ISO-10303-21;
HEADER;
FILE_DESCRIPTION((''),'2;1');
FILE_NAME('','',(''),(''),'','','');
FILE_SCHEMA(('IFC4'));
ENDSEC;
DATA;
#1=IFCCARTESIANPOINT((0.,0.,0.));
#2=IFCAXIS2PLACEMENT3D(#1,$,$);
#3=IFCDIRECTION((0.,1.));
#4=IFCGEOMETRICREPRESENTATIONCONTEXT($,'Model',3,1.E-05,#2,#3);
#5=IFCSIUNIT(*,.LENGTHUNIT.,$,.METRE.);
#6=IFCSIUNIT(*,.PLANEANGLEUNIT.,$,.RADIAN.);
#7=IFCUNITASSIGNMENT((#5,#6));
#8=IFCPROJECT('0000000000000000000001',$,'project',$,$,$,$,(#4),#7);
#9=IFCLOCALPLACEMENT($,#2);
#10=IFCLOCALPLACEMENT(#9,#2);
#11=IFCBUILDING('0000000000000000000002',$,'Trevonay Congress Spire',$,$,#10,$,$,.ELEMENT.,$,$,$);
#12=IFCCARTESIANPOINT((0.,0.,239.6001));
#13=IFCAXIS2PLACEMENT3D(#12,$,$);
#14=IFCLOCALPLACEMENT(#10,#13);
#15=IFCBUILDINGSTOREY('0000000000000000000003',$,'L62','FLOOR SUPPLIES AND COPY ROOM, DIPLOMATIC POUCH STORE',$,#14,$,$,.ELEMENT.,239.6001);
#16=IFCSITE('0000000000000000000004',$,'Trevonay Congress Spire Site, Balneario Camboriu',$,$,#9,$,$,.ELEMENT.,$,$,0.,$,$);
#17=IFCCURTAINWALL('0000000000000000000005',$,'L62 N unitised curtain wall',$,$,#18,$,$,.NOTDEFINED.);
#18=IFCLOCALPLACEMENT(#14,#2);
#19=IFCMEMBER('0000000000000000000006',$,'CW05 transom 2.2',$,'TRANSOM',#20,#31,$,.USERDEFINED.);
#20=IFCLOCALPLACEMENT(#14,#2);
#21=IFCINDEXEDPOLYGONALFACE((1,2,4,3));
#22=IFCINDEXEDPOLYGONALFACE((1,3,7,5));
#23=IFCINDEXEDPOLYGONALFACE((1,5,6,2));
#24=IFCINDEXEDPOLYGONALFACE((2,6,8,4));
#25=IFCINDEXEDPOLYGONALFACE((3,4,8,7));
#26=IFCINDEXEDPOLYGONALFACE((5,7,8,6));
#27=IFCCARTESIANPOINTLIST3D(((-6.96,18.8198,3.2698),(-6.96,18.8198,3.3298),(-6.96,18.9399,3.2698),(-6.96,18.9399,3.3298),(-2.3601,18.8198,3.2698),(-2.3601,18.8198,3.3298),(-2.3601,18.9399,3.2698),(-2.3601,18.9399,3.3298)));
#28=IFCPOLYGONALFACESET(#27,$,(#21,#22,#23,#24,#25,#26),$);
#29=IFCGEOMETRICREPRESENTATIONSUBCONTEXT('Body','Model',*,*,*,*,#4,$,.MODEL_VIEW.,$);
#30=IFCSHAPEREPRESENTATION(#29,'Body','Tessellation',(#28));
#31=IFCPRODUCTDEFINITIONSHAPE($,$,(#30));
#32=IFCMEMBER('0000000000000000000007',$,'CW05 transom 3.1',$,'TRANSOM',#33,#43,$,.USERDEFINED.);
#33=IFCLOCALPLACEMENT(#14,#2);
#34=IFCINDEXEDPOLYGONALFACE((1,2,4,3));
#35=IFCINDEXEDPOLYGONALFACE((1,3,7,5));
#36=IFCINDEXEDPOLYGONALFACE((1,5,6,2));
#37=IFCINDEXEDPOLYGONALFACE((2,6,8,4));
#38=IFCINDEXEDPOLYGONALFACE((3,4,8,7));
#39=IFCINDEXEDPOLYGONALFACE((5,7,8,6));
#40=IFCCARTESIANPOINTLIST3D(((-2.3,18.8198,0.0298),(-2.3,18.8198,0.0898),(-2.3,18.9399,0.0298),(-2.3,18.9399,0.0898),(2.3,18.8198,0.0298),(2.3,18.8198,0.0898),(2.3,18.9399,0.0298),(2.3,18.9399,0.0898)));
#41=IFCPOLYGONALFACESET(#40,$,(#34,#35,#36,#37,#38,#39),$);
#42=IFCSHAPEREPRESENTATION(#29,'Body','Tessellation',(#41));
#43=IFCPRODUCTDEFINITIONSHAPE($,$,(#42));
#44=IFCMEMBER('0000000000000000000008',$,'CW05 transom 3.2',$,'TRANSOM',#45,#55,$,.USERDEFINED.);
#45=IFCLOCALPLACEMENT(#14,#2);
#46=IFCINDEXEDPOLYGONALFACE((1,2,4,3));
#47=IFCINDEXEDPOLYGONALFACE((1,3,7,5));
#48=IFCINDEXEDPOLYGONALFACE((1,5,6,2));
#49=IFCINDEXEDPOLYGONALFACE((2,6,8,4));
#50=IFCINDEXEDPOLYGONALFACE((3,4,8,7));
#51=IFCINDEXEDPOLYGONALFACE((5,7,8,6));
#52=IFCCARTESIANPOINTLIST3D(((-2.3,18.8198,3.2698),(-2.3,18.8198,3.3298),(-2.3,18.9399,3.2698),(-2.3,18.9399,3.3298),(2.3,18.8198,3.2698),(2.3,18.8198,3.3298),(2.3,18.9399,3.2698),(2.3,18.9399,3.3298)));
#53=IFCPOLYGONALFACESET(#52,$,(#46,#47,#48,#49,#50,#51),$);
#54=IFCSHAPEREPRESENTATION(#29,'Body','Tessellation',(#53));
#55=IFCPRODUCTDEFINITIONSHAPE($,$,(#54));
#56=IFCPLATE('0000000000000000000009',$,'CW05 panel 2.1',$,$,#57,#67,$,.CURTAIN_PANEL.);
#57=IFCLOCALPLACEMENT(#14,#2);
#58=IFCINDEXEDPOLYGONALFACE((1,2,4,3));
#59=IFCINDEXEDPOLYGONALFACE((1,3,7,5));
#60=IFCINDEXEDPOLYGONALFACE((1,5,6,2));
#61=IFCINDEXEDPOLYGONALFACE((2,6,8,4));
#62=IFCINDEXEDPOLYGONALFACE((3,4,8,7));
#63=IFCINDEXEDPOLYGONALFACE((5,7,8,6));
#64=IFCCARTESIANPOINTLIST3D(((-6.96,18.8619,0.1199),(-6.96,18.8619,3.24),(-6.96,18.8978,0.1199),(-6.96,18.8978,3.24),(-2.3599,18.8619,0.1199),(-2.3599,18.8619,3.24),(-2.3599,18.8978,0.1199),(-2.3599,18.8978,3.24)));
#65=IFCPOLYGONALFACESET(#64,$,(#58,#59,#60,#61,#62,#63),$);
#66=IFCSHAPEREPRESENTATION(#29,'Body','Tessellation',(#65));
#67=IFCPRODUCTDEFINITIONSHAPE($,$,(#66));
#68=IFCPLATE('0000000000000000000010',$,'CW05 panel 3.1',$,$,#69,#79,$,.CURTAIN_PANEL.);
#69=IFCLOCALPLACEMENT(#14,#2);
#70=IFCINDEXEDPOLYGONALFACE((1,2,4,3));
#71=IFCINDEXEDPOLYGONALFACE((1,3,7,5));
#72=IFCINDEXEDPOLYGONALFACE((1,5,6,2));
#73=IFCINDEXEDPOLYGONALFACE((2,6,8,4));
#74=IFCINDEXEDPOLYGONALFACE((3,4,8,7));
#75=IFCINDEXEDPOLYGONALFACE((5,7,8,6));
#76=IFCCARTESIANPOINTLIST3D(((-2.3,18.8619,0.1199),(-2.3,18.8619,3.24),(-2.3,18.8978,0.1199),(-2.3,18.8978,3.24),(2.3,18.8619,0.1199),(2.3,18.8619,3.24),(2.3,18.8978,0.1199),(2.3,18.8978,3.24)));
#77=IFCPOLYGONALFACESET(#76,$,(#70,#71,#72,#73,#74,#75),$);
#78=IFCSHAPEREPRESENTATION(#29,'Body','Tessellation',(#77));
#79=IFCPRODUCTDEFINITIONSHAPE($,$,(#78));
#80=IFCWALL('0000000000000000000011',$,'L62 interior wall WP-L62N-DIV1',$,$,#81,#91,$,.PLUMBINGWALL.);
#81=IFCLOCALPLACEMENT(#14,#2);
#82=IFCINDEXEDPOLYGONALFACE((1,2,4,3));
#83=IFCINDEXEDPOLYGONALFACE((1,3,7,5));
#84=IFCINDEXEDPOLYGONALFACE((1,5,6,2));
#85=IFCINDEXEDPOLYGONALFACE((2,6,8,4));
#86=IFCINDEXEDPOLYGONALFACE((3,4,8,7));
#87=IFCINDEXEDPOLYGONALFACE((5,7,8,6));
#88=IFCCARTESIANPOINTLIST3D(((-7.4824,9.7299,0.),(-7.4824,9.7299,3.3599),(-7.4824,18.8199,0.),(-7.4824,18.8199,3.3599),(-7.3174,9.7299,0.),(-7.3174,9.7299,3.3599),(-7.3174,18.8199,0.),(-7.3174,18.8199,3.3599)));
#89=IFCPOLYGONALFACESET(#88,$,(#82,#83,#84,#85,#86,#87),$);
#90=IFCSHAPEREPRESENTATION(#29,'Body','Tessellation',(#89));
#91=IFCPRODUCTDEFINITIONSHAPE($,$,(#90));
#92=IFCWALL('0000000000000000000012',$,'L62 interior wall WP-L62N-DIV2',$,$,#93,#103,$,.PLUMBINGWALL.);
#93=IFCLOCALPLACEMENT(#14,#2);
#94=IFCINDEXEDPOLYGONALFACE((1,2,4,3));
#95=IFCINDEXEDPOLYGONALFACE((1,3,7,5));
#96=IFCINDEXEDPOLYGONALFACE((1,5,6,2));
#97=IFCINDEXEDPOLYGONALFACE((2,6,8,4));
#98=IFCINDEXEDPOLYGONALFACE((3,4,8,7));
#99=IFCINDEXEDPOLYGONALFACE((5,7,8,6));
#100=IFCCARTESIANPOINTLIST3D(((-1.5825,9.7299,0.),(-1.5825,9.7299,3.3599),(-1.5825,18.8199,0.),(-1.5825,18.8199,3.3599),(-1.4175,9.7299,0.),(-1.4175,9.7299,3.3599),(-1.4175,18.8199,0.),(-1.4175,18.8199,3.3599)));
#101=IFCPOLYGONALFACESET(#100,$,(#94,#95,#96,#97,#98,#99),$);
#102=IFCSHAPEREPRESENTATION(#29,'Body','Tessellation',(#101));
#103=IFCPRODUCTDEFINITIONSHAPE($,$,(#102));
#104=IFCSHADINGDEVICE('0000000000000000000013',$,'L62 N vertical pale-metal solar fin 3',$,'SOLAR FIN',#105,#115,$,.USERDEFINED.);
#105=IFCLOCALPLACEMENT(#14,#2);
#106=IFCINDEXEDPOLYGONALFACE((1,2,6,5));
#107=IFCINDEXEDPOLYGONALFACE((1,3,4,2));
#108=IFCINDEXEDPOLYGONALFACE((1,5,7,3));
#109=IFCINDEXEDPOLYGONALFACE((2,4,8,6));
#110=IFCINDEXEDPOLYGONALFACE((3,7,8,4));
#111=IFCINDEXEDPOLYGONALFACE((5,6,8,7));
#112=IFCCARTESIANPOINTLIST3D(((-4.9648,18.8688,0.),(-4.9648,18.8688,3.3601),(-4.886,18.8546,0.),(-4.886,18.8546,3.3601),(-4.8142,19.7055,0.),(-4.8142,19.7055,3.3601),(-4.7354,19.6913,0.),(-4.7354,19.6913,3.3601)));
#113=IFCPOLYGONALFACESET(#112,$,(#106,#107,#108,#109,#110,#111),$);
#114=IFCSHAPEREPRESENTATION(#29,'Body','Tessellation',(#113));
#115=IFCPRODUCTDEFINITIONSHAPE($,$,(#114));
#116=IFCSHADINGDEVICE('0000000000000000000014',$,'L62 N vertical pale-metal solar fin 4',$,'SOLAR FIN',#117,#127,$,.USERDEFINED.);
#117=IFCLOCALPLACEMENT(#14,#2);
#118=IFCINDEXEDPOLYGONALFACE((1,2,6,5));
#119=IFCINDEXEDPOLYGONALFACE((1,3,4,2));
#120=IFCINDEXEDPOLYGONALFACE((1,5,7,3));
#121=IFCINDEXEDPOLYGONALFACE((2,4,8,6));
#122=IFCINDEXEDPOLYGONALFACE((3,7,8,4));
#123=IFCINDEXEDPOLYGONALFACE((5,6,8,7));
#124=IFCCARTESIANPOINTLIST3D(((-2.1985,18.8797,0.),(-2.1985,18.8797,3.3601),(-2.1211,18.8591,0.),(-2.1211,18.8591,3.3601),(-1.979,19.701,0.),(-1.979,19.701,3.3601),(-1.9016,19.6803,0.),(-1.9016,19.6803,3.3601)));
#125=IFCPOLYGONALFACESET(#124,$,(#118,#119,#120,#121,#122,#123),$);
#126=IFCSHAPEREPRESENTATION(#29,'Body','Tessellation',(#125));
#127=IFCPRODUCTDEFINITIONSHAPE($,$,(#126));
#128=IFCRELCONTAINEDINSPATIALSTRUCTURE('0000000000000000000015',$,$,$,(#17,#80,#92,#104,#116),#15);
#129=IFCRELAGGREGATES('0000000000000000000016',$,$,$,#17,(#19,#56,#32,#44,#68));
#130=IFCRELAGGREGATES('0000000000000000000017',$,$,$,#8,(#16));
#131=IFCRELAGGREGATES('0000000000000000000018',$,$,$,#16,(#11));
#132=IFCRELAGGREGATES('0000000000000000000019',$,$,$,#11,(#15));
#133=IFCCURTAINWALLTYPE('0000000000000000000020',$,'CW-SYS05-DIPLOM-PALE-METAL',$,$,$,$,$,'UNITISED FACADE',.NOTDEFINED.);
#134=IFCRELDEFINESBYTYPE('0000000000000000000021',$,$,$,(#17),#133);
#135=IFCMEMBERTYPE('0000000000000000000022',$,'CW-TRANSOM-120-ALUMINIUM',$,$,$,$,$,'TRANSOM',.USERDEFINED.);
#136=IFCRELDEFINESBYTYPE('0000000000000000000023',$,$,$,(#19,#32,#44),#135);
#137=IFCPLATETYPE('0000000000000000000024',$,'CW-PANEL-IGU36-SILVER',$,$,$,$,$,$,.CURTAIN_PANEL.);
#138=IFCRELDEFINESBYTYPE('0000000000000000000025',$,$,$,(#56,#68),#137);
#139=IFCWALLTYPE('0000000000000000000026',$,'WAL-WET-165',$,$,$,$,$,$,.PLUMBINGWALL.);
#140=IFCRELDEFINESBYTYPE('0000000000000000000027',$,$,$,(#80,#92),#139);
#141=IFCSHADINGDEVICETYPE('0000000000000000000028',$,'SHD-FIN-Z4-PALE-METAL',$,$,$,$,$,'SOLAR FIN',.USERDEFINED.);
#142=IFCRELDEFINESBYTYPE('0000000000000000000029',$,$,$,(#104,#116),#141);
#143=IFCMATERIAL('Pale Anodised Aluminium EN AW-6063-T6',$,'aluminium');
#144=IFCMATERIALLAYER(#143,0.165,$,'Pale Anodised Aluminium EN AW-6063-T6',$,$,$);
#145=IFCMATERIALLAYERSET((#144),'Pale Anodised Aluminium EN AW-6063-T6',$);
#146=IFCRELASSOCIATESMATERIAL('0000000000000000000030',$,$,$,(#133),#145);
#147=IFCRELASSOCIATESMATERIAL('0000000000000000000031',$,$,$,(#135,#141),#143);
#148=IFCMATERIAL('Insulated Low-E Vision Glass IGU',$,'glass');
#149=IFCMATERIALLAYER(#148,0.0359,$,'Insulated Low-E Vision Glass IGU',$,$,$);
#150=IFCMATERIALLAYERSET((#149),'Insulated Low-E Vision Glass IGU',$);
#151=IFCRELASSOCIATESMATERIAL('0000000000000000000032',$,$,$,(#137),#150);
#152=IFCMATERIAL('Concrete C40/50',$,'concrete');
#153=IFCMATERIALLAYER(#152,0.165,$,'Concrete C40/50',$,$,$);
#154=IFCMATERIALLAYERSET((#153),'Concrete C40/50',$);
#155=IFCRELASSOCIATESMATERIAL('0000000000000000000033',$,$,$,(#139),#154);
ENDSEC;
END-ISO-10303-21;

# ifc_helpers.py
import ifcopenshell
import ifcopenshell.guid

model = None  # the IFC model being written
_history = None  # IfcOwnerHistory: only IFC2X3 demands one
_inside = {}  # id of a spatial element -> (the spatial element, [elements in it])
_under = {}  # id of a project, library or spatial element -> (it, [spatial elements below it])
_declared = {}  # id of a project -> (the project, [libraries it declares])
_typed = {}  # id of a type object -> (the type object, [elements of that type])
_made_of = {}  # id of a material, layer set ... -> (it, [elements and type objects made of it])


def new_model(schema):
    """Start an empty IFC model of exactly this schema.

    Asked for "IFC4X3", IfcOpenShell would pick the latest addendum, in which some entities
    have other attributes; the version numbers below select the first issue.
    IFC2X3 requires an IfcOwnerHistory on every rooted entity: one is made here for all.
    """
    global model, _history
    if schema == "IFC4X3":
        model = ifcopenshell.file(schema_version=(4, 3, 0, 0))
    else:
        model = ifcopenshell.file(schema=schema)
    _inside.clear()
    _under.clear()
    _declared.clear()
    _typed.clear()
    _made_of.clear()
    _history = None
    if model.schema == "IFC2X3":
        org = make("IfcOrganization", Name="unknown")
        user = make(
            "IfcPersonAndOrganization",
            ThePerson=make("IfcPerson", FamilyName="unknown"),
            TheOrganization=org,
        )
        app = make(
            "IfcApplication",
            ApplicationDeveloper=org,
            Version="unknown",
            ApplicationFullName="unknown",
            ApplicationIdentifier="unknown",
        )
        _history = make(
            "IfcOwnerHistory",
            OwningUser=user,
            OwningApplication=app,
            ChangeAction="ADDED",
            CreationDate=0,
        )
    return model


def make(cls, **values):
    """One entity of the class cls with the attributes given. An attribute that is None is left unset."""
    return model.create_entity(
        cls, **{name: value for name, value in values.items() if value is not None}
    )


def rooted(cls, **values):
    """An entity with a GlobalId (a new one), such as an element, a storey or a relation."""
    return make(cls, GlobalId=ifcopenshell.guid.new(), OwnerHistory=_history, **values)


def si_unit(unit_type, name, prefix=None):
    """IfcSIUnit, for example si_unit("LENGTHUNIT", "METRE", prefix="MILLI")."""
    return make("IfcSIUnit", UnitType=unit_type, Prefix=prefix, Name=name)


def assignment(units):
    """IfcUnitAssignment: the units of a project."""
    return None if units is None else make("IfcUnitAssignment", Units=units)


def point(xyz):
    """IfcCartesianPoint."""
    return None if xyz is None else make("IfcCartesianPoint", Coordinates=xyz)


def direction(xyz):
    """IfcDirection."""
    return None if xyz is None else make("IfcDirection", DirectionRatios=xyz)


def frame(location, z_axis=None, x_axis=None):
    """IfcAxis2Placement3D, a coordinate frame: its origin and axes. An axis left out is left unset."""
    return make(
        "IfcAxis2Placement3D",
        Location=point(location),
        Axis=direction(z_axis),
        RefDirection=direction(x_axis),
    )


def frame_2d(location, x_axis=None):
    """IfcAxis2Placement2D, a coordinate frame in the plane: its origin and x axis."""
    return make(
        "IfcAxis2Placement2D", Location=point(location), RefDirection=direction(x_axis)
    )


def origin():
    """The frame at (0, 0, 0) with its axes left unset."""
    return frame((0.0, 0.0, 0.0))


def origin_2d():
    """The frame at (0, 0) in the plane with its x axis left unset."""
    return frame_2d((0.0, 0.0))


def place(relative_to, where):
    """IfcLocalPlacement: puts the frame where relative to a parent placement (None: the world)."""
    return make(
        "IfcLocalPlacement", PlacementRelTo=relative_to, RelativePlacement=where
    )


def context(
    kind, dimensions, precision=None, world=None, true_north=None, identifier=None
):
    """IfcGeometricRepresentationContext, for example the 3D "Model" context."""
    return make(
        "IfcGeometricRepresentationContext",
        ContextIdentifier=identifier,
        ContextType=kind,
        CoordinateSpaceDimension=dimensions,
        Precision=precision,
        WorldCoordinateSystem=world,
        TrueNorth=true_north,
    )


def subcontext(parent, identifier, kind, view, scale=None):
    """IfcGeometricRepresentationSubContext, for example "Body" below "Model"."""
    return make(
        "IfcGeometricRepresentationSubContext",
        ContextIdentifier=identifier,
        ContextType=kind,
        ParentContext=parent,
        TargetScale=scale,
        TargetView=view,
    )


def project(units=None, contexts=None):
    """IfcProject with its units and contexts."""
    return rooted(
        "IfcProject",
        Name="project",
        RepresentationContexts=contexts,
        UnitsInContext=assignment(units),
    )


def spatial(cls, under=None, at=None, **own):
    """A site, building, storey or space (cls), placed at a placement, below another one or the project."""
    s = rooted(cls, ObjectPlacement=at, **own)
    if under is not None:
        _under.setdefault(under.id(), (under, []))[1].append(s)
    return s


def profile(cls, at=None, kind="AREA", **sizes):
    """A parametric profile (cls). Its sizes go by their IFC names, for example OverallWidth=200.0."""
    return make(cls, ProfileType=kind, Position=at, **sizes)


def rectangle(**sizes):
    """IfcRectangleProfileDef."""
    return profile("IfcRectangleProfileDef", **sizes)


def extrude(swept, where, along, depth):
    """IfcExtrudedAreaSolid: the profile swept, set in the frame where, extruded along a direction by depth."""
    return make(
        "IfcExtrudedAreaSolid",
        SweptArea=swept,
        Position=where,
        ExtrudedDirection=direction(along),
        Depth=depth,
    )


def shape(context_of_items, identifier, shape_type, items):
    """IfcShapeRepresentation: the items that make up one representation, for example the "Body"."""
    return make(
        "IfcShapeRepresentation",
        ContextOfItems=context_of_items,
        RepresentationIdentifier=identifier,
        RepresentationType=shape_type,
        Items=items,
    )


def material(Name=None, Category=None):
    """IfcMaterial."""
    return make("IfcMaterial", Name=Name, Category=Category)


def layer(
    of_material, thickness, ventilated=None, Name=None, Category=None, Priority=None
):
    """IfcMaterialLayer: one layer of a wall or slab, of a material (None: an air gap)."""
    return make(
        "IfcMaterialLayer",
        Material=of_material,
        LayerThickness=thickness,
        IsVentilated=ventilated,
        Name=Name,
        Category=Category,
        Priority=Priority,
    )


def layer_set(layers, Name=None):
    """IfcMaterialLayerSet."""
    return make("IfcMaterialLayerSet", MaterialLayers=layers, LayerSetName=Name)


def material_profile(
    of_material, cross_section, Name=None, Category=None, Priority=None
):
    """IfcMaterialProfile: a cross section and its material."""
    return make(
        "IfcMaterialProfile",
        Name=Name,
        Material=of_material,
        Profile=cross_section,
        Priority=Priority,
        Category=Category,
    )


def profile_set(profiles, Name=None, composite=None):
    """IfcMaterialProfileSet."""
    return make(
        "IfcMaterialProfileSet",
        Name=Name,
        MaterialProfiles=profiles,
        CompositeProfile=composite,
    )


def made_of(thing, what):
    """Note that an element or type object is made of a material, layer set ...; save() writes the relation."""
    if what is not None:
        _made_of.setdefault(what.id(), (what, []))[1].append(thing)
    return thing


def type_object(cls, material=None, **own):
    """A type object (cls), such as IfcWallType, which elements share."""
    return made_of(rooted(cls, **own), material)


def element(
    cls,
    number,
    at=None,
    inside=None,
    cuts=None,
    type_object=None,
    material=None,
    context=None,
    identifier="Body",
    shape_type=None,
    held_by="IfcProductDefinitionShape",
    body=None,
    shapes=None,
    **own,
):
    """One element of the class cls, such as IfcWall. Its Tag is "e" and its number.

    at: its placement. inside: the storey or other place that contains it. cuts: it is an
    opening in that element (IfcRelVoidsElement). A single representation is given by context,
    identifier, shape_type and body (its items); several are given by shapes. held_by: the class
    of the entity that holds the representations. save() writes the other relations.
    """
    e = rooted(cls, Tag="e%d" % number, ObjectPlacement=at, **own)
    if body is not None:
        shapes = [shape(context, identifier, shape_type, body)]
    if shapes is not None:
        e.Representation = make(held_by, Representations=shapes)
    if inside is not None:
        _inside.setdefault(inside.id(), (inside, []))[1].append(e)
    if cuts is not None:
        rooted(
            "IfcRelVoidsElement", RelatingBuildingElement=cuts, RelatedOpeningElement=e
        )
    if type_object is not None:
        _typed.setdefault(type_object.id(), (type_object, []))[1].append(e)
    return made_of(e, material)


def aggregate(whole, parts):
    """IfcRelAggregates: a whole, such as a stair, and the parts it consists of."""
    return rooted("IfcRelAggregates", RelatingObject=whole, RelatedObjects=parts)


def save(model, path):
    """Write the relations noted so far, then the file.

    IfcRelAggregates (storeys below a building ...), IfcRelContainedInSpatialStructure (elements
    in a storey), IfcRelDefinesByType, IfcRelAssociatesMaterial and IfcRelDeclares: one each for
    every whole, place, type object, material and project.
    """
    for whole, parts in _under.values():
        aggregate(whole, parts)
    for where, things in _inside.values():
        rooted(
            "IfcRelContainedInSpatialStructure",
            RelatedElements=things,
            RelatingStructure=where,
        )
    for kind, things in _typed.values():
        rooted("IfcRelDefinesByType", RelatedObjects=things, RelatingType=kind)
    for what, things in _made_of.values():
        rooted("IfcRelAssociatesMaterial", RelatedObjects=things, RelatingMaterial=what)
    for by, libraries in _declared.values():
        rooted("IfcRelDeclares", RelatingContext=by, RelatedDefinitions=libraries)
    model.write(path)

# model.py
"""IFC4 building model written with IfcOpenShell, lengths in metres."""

from ifc_helpers import new_model, si_unit, direction, frame, frame_2d, origin, origin_2d, place, context, subcontext, project, spatial, rectangle, extrude, material, layer, layer_set, material_profile, profile_set, type_object, element, aggregate, save


model = new_model("IFC4")

# Units and contexts
model_context = context("Model", 3, precision=1e-05, world=origin(), true_north=direction((0.0, 1.0)))
body_context = subcontext(model_context, "Body", "Model", "MODEL_VIEW")
ifc_project = project(units=[si_unit("LENGTHUNIT", "METRE"), si_unit("PLANEANGLEUNIT", "RADIAN")], contexts=[model_context])

# Site, building, storey
site_placement = place(None, origin())
site = spatial("IfcSite", under=ifc_project, at=site_placement, Name="Trevonay Congress Spire Site, Balneario Camboriu", CompositionType="ELEMENT", RefElevation=0.0)
building_placement = place(site_placement, origin())
building = spatial("IfcBuilding", under=site, at=building_placement, Name="Trevonay Congress Spire", CompositionType="ELEMENT")
storey_placement = place(building_placement, frame((0.0, 0.0, 239.6001)))
storey = spatial("IfcBuildingStorey", under=building, at=storey_placement, Name="L62", Description="FLOOR SUPPLIES AND COPY ROOM, DIPLOMATIC POUCH STORE", CompositionType="ELEMENT", Elevation=239.6001)

# Curtain wall, members, plates
ifc_material_1 = material(Name="Pale Anodised Aluminium EN AW-6063-T6", Category="aluminium")
ifc_layer_1 = layer(ifc_material_1, 0.165, Name="Pale Anodised Aluminium EN AW-6063-T6")
ifc_layer_set_1 = layer_set([ifc_layer_1], Name="Pale Anodised Aluminium EN AW-6063-T6")
curtain_wall_type = type_object("IfcCurtainWallType", Name="CW-SYS05-DIPLOM-PALE-METAL", ElementType="UNITISED FACADE", PredefinedType="NOTDEFINED", material=ifc_layer_set_1)
curtain_wall_placement = place(storey_placement, origin())
curtain_wall = element("IfcCurtainWall", 1, at=curtain_wall_placement, inside=storey, type_object=curtain_wall_type, Name="L62 N unitised curtain wall", PredefinedType="NOTDEFINED")
ifc_material_profile_1 = material_profile(ifc_material_1, rectangle(XDim=0.1201, YDim=0.0601, at=origin_2d()), Name="CW-TRANSOM-120-ALUMINIUM")
ifc_profile_set_1 = profile_set([ifc_material_profile_1], Name="Pale Anodised Aluminium EN AW-6063-T6")
member_type_1 = type_object("IfcMemberType", Name="CW-TRANSOM-120-ALUMINIUM", ElementType="TRANSOM", PredefinedType="USERDEFINED", material=ifc_profile_set_1)
member_1_placement = place(storey_placement, frame((-6.96, 18.8799, 3.2998), z_axis=(1.0, 0.0, 0.0), x_axis=(0.0, 1.0, 0.0)))
member_1 = element("IfcMember", 2, at=member_1_placement, type_object=member_type_1, Name="CW05 transom 2.2", ObjectType="TRANSOM", PredefinedType="USERDEFINED", context=body_context, shape_type="SweptSolid", body=[
    extrude(rectangle(XDim=0.1201, YDim=0.0601, at=origin_2d()), origin(), (0.0, 0.0, 1.0), 4.5999),
])
member_2_placement = place(storey_placement, frame((-2.3, 18.8799, 0.0598), z_axis=(1.0, 0.0, 0.0), x_axis=(0.0, 1.0, 0.0)))
member_2 = element("IfcMember", 3, at=member_2_placement, type_object=member_type_1, Name="CW05 transom 3.1", ObjectType="TRANSOM", PredefinedType="USERDEFINED", context=body_context, shape_type="SweptSolid", body=[
    extrude(rectangle(XDim=0.1201, YDim=0.0601, at=origin_2d()), origin(), (0.0, 0.0, 1.0), 4.6001),
])
member_3_placement = place(storey_placement, frame((-2.3, 18.8799, 3.2998), z_axis=(1.0, 0.0, 0.0), x_axis=(0.0, 1.0, 0.0)))
member_3 = element("IfcMember", 4, at=member_3_placement, type_object=member_type_1, Name="CW05 transom 3.2", ObjectType="TRANSOM", PredefinedType="USERDEFINED", context=body_context, shape_type="SweptSolid", body=[
    extrude(rectangle(XDim=0.1201, YDim=0.0601, at=origin_2d()), origin(), (0.0, 0.0, 1.0), 4.6001),
])
ifc_material_2 = material(Name="Insulated Low-E Vision Glass IGU", Category="glass")
ifc_layer_2 = layer(ifc_material_2, 0.0359, Name="Insulated Low-E Vision Glass IGU")
ifc_layer_set_2 = layer_set([ifc_layer_2], Name="Insulated Low-E Vision Glass IGU")
plate_type = type_object("IfcPlateType", Name="CW-PANEL-IGU36-SILVER", PredefinedType="CURTAIN_PANEL", material=ifc_layer_set_2)
plate_1_placement = place(storey_placement, frame((-4.6599, 18.8799, 0.1199), z_axis=(0.0, 0.0, 1.0), x_axis=(1.0, 0.0, 0.0)))
plate_1 = element("IfcPlate", 5, at=plate_1_placement, type_object=plate_type, Name="CW05 panel 2.1", PredefinedType="CURTAIN_PANEL", context=body_context, shape_type="SweptSolid", body=[
    extrude(rectangle(XDim=4.6001, YDim=0.0359, at=origin_2d()), origin(), (0.0, 0.0, 1.0), 3.1201),
])
plate_2_placement = place(storey_placement, frame((0.0, 18.8799, 0.1199), z_axis=(0.0, 0.0, 1.0), x_axis=(1.0, 0.0, 0.0)))
plate_2 = element("IfcPlate", 6, at=plate_2_placement, type_object=plate_type, Name="CW05 panel 3.1", PredefinedType="CURTAIN_PANEL", context=body_context, shape_type="SweptSolid", body=[
    extrude(rectangle(XDim=4.6001, YDim=0.0359, at=origin_2d()), origin(), (0.0, 0.0, 1.0), 3.1201),
])
aggregate(curtain_wall, [member_1, plate_1, member_2, member_3, plate_2])

# Walls
ifc_material_3 = material(Name="Concrete C40/50", Category="concrete")
ifc_layer_3 = layer(ifc_material_3, 0.165, Name="Concrete C40/50")
ifc_layer_set_3 = layer_set([ifc_layer_3], Name="Concrete C40/50")
wall_type = type_object("IfcWallType", Name="WAL-WET-165", PredefinedType="PLUMBINGWALL", material=ifc_layer_set_3)
for number, where, z_axis, x_axis, name in (
    (7, (-7.3999, 9.73, 0.0), (0.0, 0.0, 1.0), (0.0, 1.0, 0.0), "L62 interior wall WP-L62N-DIV1"),
    (8, (-1.5, 9.73, 0.0), (0.0, 0.0, 1.0), (0.0, 1.0, 0.0), "L62 interior wall WP-L62N-DIV2"),
):
    element("IfcWall", number, at=place(storey_placement, frame(where, z_axis=z_axis, x_axis=x_axis)), inside=storey, type_object=wall_type, Name=name, PredefinedType="PLUMBINGWALL", context=body_context, shape_type="SweptSolid", body=[
        extrude(rectangle(XDim=9.0901, YDim=0.165, at=frame_2d((4.5449, 0.0))), origin(), (0.0, 0.0, 1.0), 3.3599),
    ])

# Shading devices
shading_device_type = type_object("IfcShadingDeviceType", Name="SHD-FIN-Z4-PALE-METAL", ElementType="SOLAR FIN", PredefinedType="USERDEFINED", material=ifc_material_1)
for number, where, z_axis, x_axis, name in (
    (9, (-4.8501, 19.28, 0.0), (0.0, 0.0, 1.0), (0.984196, -0.177085, 0.0), "L62 N vertical pale-metal solar fin 3"),
    (10, (-2.05, 19.28, 0.0), (0.0, 0.0, 1.0), (0.966106, -0.258145, 0.0), "L62 N vertical pale-metal solar fin 4"),
):
    element("IfcShadingDevice", number, at=place(storey_placement, frame(where, z_axis=z_axis, x_axis=x_axis)), inside=storey, type_object=shading_device_type, Name=name, ObjectType="SOLAR FIN", PredefinedType="USERDEFINED", context=body_context, shape_type="SweptSolid", body=[
        extrude(rectangle(XDim=0.0801, YDim=0.8501, at=origin_2d()), origin(), (0.0, 0.0, 1.0), 3.3601),
    ])

save(model, "model.ifc")
